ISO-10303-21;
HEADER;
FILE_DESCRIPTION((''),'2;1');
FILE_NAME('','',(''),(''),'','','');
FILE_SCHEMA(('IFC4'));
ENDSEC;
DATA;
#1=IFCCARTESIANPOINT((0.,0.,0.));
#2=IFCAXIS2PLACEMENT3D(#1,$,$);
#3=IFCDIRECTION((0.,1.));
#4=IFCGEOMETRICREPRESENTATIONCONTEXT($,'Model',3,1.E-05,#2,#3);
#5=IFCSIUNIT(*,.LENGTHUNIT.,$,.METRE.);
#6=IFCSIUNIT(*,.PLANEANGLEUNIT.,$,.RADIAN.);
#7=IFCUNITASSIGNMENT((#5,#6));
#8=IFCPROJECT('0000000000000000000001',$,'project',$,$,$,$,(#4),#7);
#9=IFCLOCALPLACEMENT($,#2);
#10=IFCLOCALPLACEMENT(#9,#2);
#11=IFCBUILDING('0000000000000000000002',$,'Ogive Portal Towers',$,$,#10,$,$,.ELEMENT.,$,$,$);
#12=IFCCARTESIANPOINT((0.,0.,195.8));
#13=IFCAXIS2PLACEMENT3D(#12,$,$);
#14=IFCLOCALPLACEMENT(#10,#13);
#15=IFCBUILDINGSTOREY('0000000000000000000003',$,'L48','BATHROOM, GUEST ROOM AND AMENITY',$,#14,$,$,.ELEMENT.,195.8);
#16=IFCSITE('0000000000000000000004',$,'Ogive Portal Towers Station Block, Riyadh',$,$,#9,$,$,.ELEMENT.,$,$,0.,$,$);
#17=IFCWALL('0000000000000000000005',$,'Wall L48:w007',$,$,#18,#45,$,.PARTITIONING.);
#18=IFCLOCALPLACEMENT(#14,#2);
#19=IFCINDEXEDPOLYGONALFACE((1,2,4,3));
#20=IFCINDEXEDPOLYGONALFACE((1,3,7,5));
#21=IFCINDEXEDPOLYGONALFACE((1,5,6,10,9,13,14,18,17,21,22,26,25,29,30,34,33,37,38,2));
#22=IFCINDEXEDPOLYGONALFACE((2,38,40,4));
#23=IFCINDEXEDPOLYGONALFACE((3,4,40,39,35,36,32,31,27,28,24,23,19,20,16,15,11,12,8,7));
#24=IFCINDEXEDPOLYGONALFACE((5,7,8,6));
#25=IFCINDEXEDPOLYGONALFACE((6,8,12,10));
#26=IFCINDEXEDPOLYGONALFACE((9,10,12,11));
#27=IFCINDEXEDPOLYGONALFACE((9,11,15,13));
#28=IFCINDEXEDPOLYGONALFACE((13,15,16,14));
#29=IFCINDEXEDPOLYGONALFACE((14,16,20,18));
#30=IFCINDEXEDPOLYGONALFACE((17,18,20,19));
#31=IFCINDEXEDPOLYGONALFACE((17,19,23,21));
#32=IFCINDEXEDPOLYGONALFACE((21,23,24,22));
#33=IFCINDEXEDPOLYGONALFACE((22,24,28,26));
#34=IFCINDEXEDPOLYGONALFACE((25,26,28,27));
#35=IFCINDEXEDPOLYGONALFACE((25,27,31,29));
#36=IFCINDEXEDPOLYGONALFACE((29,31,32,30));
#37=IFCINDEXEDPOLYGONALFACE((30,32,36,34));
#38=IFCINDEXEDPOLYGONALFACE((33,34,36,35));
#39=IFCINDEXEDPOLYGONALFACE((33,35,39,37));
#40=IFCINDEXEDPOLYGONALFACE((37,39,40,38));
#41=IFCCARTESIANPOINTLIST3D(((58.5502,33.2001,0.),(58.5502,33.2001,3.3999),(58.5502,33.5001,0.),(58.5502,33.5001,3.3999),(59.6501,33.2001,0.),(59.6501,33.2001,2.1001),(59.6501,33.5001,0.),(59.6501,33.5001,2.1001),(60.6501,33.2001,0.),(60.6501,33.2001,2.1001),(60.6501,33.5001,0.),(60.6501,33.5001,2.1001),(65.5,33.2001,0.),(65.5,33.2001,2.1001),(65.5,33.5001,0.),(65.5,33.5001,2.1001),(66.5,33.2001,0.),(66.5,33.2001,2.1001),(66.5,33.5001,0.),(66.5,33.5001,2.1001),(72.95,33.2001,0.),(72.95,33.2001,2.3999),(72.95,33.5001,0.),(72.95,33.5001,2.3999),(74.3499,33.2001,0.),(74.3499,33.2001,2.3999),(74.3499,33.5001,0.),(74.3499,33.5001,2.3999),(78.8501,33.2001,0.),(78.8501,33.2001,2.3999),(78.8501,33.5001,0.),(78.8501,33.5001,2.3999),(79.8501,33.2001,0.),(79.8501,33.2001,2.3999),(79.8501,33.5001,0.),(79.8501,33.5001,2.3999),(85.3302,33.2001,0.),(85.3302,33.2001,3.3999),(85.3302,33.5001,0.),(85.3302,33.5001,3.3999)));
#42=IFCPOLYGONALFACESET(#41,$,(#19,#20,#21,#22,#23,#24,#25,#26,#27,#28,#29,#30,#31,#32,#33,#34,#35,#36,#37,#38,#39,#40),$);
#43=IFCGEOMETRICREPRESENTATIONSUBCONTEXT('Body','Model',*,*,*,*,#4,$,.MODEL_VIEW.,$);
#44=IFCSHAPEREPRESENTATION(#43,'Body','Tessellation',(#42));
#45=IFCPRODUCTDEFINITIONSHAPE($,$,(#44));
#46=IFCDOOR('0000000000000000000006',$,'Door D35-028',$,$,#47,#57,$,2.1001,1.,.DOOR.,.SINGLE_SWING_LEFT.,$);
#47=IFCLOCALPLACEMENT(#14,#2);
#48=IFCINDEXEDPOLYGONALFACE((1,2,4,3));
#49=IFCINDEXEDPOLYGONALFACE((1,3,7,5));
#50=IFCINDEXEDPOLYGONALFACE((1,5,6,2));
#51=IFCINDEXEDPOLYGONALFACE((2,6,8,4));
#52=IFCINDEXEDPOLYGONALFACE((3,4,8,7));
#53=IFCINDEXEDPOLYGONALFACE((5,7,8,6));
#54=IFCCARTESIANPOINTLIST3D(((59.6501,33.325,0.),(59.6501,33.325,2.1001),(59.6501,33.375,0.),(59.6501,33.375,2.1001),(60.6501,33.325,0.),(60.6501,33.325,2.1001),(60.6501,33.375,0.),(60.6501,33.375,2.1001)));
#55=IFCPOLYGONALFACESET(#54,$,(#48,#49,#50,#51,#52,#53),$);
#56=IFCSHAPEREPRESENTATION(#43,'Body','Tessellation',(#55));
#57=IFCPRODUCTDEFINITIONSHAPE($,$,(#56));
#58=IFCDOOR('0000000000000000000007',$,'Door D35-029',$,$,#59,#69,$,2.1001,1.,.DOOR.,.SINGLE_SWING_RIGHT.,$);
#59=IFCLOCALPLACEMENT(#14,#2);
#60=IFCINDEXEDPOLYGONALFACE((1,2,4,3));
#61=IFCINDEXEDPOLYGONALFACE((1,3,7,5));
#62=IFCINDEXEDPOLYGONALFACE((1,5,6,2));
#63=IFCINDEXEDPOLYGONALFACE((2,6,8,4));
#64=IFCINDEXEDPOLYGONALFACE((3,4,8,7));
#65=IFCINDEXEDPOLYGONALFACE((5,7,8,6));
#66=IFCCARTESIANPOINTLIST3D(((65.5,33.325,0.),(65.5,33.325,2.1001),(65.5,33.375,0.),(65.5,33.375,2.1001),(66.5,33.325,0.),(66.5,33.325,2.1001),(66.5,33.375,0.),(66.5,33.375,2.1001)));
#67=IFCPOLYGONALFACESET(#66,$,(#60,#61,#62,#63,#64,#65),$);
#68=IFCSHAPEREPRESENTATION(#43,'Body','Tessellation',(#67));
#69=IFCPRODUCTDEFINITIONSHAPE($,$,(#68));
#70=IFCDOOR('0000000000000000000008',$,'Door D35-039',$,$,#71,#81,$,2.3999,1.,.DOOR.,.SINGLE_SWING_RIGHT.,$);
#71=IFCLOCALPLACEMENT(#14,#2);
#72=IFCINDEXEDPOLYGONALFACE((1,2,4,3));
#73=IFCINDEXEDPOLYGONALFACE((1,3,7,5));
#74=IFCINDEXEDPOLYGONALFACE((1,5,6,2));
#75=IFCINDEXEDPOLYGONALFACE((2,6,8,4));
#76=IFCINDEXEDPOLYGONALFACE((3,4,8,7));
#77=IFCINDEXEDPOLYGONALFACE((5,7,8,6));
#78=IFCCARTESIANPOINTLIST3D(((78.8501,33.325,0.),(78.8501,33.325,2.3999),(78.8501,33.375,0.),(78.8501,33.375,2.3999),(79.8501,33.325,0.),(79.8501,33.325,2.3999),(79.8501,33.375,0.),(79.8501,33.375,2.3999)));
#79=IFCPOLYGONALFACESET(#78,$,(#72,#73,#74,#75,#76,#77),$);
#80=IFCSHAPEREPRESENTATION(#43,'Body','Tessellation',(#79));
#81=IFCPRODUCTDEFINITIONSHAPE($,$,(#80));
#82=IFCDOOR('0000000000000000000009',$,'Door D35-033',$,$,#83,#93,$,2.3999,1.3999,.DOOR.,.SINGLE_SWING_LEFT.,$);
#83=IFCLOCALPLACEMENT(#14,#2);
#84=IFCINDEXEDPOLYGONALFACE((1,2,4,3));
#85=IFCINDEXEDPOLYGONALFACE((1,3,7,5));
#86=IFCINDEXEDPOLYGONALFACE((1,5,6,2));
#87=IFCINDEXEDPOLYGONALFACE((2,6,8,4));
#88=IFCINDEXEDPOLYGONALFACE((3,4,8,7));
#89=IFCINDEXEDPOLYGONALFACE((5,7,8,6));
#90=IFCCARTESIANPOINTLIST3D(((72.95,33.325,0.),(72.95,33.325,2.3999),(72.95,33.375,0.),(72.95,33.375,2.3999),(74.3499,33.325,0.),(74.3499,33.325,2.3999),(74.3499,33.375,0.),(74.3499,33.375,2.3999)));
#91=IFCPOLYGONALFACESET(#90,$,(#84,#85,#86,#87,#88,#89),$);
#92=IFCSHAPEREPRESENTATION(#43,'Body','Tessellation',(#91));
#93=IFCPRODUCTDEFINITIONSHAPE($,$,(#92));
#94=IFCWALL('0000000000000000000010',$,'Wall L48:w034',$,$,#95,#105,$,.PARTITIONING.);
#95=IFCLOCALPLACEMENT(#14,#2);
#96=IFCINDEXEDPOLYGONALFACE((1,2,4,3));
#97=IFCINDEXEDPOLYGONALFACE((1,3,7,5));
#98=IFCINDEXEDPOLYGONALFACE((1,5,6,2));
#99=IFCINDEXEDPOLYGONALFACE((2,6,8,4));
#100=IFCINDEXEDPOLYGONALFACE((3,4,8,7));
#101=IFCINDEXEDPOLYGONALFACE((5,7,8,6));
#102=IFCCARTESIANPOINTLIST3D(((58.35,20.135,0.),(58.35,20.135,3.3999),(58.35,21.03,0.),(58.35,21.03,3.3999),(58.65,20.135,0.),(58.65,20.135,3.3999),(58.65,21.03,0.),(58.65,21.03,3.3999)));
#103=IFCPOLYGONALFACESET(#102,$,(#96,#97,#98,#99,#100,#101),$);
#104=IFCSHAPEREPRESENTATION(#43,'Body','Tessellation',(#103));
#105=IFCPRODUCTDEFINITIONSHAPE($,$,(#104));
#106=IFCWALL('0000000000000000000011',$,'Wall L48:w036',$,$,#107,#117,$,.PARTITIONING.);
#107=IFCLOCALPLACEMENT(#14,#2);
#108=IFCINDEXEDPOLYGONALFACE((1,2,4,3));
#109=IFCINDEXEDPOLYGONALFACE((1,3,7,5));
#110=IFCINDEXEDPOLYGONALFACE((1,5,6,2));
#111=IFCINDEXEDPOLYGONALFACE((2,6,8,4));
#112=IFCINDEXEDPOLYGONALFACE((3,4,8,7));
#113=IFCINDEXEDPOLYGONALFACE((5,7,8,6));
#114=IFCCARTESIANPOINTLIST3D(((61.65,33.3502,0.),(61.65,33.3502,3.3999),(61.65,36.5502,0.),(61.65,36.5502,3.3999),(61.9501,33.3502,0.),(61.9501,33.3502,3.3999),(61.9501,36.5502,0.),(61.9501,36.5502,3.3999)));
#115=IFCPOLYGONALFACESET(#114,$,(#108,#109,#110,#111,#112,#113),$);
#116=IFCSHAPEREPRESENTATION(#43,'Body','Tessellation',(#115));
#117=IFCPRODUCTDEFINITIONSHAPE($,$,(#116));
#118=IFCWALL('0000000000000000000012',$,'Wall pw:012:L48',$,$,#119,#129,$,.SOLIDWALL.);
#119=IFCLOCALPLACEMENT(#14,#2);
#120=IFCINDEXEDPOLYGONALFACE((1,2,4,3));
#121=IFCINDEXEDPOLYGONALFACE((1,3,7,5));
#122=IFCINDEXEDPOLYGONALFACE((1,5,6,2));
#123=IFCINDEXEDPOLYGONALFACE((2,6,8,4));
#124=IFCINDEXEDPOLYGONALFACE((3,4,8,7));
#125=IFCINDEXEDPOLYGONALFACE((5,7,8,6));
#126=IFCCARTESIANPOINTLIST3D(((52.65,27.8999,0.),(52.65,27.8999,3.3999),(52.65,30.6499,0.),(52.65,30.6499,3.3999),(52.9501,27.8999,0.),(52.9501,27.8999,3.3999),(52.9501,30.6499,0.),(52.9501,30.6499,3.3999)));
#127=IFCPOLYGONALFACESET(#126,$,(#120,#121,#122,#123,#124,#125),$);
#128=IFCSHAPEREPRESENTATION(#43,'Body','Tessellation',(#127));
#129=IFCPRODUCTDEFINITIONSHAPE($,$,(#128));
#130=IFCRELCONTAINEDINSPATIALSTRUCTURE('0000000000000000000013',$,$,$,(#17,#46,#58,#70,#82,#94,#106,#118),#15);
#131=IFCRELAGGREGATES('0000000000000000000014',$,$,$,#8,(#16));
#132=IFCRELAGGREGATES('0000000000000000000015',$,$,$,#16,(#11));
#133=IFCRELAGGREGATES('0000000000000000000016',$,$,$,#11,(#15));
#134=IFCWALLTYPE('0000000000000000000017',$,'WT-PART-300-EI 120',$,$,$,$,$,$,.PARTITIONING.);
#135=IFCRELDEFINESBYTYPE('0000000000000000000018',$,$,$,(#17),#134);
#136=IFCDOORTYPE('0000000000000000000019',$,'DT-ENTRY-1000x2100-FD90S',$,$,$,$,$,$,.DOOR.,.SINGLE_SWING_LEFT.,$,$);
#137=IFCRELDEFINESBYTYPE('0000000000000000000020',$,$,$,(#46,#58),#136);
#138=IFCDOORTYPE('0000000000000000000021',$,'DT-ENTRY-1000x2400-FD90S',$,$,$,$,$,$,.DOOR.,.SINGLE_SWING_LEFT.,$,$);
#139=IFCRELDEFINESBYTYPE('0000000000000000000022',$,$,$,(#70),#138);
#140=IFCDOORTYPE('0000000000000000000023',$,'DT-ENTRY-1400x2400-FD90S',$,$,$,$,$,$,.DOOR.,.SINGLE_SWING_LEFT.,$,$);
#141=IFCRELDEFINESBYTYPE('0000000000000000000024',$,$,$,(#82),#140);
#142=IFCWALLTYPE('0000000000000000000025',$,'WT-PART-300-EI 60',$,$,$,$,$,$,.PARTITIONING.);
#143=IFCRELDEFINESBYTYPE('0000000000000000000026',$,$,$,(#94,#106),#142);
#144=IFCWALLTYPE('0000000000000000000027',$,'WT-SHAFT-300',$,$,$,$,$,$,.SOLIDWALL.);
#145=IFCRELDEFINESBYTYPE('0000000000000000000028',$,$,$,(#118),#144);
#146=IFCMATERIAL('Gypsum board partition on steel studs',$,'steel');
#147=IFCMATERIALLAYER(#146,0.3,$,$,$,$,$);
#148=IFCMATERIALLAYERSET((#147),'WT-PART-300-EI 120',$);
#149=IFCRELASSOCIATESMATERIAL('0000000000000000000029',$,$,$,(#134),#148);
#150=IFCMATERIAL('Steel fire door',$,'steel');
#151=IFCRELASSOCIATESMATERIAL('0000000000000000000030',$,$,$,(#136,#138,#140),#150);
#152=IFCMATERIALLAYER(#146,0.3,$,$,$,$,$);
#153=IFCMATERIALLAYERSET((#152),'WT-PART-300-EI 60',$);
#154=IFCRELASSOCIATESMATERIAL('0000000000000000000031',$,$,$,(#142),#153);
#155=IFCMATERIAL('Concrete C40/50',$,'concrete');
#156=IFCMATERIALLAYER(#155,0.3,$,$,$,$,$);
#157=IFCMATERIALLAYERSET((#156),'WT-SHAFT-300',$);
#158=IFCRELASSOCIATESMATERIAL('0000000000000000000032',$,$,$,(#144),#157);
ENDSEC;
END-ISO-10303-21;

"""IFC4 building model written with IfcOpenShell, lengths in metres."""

from ifc_helpers import new_model, si_unit, direction, frame, frame_2d, origin, place, context, subcontext, project, spatial, rectangle, extrude, material, layer, layer_set, type_object, element, fill, save


model = new_model("IFC4")

# Units and contexts
model_context = context("Model", 3, precision=1e-05, world=origin(), true_north=direction((0.0, 1.0)))
body_context = subcontext(model_context, "Body", "Model", "MODEL_VIEW")
ifc_project = project(units=[si_unit("LENGTHUNIT", "METRE"), si_unit("PLANEANGLEUNIT", "RADIAN")], contexts=[model_context])

# Site, building, storey
site_placement = place(None, origin())
site = spatial("IfcSite", under=ifc_project, at=site_placement, Name="Ogive Portal Towers Station Block, Riyadh", CompositionType="ELEMENT", RefElevation=0.0)
building_placement = place(site_placement, origin())
building = spatial("IfcBuilding", under=site, at=building_placement, Name="Ogive Portal Towers", CompositionType="ELEMENT")
storey_placement = place(building_placement, frame((0.0, 0.0, 195.8)))
storey = spatial("IfcBuildingStorey", under=building, at=storey_placement, Name="L48", Description="BATHROOM, GUEST ROOM AND AMENITY", CompositionType="ELEMENT", Elevation=195.8)

# Shared definitions
ifc_material_1 = material(Name="Steel fire door", Category="steel")
ifc_material_2 = material(Name="Gypsum board partition on steel studs", Category="steel")

# Wall, openings, doors
ifc_layer_1 = layer(ifc_material_2, 0.3)
ifc_layer_set_1 = layer_set([ifc_layer_1], Name="WT-PART-300-EI 120")
wall_type_1 = type_object("IfcWallType", Name="WT-PART-300-EI 120", PredefinedType="PARTITIONING", material=ifc_layer_set_1)
door_type_1 = type_object("IfcDoorType", Name="DT-ENTRY-1000x2100-FD90S", OperationType="SINGLE_SWING_LEFT", PredefinedType="DOOR", material=ifc_material_1)
wall_1_placement = place(storey_placement, frame((58.55, 33.3501, 0.0), z_axis=(0.0, 0.0, 1.0), x_axis=(1.0, 0.0, 0.0)))
wall_1 = element("IfcWall", 1, at=wall_1_placement, inside=storey, type_object=wall_type_1, Name="Wall L48:w007", PredefinedType="PARTITIONING", context=body_context, shape_type="SweptSolid", body=[
    extrude(rectangle(XDim=26.78, YDim=0.3, at=frame_2d((13.3901, 0.0))), origin(), (0.0, 0.0, 1.0), 3.3999),
])
opening_1_placement = place(wall_1_placement, frame((1.1001, 0.0, 0.0)))
opening_1 = element("IfcOpeningElement", 2, at=opening_1_placement, cuts=wall_1, PredefinedType="OPENING", context=body_context, shape_type="SweptSolid", body=[
    extrude(rectangle(XDim=1.0, YDim=2.1001, at=frame_2d((0.5, 1.05))), frame((0.0, 0.1602, 0.0), z_axis=(0.0, -1.0, 0.0), x_axis=(1.0, 0.0, 0.0)), (0.0, 0.0, 1.0), 0.3201),
])
opening_2_placement = place(wall_1_placement, frame((6.95, 0.0, 0.0)))
opening_2 = element("IfcOpeningElement", 3, at=opening_2_placement, cuts=wall_1, PredefinedType="OPENING", context=body_context, shape_type="SweptSolid", body=[
    extrude(rectangle(XDim=1.0, YDim=2.1001, at=frame_2d((0.5, 1.05))), frame((0.0, 0.1602, 0.0), z_axis=(0.0, -1.0, 0.0), x_axis=(1.0, 0.0, 0.0)), (0.0, 0.0, 1.0), 0.3201),
])
opening_3_placement = place(wall_1_placement, frame((14.3999, 0.0, 0.0)))
opening_3 = element("IfcOpeningElement", 4, at=opening_3_placement, cuts=wall_1, PredefinedType="OPENING", context=body_context, shape_type="SweptSolid", body=[
    extrude(rectangle(XDim=1.3999, YDim=2.3999, at=frame_2d((0.7, 1.2))), frame((0.0, 0.1602, 0.0), z_axis=(0.0, -1.0, 0.0), x_axis=(1.0, 0.0, 0.0)), (0.0, 0.0, 1.0), 0.3201),
])
opening_4_placement = place(wall_1_placement, frame((20.3, 0.0, 0.0)))
opening_4 = element("IfcOpeningElement", 5, at=opening_4_placement, cuts=wall_1, PredefinedType="OPENING", context=body_context, shape_type="SweptSolid", body=[
    extrude(rectangle(XDim=1.0, YDim=2.3999, at=frame_2d((0.5, 1.2))), frame((0.0, 0.1602, 0.0), z_axis=(0.0, -1.0, 0.0), x_axis=(1.0, 0.0, 0.0)), (0.0, 0.0, 1.0), 0.3201),
])
door_1_placement = place(opening_1_placement, origin())
door_1 = element("IfcDoor", 6, at=door_1_placement, inside=storey, type_object=door_type_1, Name="Door D35-028", OperationType="SINGLE_SWING_LEFT", OverallHeight=2.1001, OverallWidth=1.0, PredefinedType="DOOR", context=body_context, shape_type="SweptSolid", body=[
    extrude(rectangle(XDim=1.0, YDim=2.1001, at=frame_2d((0.5, 1.05))), frame((0.0, 0.0249, 0.0), z_axis=(0.0, -1.0, 0.0), x_axis=(1.0, 0.0, 0.0)), (0.0, 0.0, 1.0), 0.05),
])
fill(opening_1, door_1)
door_2_placement = place(opening_2_placement, origin())
door_2 = element("IfcDoor", 7, at=door_2_placement, inside=storey, type_object=door_type_1, Name="Door D35-029", OperationType="SINGLE_SWING_RIGHT", OverallHeight=2.1001, OverallWidth=1.0, PredefinedType="DOOR", context=body_context, shape_type="SweptSolid", body=[
    extrude(rectangle(XDim=1.0, YDim=2.1001, at=frame_2d((0.5, 1.05))), frame((0.0, 0.0249, 0.0), z_axis=(0.0, -1.0, 0.0), x_axis=(1.0, 0.0, 0.0)), (0.0, 0.0, 1.0), 0.05),
])
fill(opening_2, door_2)
door_type_2 = type_object("IfcDoorType", Name="DT-ENTRY-1000x2400-FD90S", OperationType="SINGLE_SWING_LEFT", PredefinedType="DOOR", material=ifc_material_1)
door_3_placement = place(opening_4_placement, origin())
door_3 = element("IfcDoor", 8, at=door_3_placement, inside=storey, type_object=door_type_2, Name="Door D35-039", OperationType="SINGLE_SWING_RIGHT", OverallHeight=2.3999, OverallWidth=1.0, PredefinedType="DOOR", context=body_context, shape_type="SweptSolid", body=[
    extrude(rectangle(XDim=1.0, YDim=2.3999, at=frame_2d((0.5, 1.2))), frame((0.0, 0.0249, 0.0), z_axis=(0.0, -1.0, 0.0), x_axis=(1.0, 0.0, 0.0)), (0.0, 0.0, 1.0), 0.05),
])
fill(opening_4, door_3)
door_type_3 = type_object("IfcDoorType", Name="DT-ENTRY-1400x2400-FD90S", OperationType="SINGLE_SWING_LEFT", PredefinedType="DOOR", material=ifc_material_1)
door_4_placement = place(opening_3_placement, origin())
door_4 = element("IfcDoor", 9, at=door_4_placement, inside=storey, type_object=door_type_3, Name="Door D35-033", OperationType="SINGLE_SWING_LEFT", OverallHeight=2.3999, OverallWidth=1.3999, PredefinedType="DOOR", context=body_context, shape_type="SweptSolid", body=[
    extrude(rectangle(XDim=1.3999, YDim=2.3999, at=frame_2d((0.7, 1.2))), frame((0.0, 0.0249, 0.0), z_axis=(0.0, -1.0, 0.0), x_axis=(1.0, 0.0, 0.0)), (0.0, 0.0, 1.0), 0.05),
])
fill(opening_3, door_4)

# Walls
ifc_layer_2 = layer(ifc_material_2, 0.3)
ifc_layer_set_2 = layer_set([ifc_layer_2], Name="WT-PART-300-EI 60")
wall_type_2 = type_object("IfcWallType", Name="WT-PART-300-EI 60", PredefinedType="PARTITIONING", material=ifc_layer_set_2)
wall_2_placement = place(storey_placement, frame((58.5, 20.135, 0.0), z_axis=(0.0, 0.0, 1.0), x_axis=(0.0, 1.0, 0.0)))
element("IfcWall", 10, at=wall_2_placement, inside=storey, type_object=wall_type_2, Name="Wall L48:w034", PredefinedType="PARTITIONING", context=body_context, shape_type="SweptSolid", body=[
    extrude(rectangle(XDim=0.895, YDim=0.3, at=frame_2d((0.4475, 0.0))), origin(), (0.0, 0.0, 1.0), 3.3999),
])
wall_3_placement = place(storey_placement, frame((61.8, 33.3501, 0.0), z_axis=(0.0, 0.0, 1.0), x_axis=(0.0, 1.0, 0.0)))
element("IfcWall", 11, at=wall_3_placement, inside=storey, type_object=wall_type_2, Name="Wall L48:w036", PredefinedType="PARTITIONING", context=body_context, shape_type="SweptSolid", body=[
    extrude(rectangle(XDim=3.2, YDim=0.3, at=frame_2d((1.6001, 0.0))), origin(), (0.0, 0.0, 1.0), 3.3999),
])
ifc_material_3 = material(Name="Concrete C40/50", Category="concrete")
ifc_layer_3 = layer(ifc_material_3, 0.3)
ifc_layer_set_3 = layer_set([ifc_layer_3], Name="WT-SHAFT-300")
wall_type_3 = type_object("IfcWallType", Name="WT-SHAFT-300", PredefinedType="SOLIDWALL", material=ifc_layer_set_3)
wall_4_placement = place(storey_placement, frame((52.8, 27.8999, 0.0), z_axis=(0.0, 0.0, 1.0), x_axis=(0.0, 1.0, 0.0)))
element("IfcWall", 12, at=wall_4_placement, inside=storey, type_object=wall_type_3, Name="Wall pw:012:L48", PredefinedType="SOLIDWALL", context=body_context, shape_type="SweptSolid", body=[
    extrude(rectangle(XDim=2.75, YDim=0.3, at=frame_2d((1.375, 0.0))), origin(), (0.0, 0.0, 1.0), 3.3999),
])

save(model, "model.ifc")
